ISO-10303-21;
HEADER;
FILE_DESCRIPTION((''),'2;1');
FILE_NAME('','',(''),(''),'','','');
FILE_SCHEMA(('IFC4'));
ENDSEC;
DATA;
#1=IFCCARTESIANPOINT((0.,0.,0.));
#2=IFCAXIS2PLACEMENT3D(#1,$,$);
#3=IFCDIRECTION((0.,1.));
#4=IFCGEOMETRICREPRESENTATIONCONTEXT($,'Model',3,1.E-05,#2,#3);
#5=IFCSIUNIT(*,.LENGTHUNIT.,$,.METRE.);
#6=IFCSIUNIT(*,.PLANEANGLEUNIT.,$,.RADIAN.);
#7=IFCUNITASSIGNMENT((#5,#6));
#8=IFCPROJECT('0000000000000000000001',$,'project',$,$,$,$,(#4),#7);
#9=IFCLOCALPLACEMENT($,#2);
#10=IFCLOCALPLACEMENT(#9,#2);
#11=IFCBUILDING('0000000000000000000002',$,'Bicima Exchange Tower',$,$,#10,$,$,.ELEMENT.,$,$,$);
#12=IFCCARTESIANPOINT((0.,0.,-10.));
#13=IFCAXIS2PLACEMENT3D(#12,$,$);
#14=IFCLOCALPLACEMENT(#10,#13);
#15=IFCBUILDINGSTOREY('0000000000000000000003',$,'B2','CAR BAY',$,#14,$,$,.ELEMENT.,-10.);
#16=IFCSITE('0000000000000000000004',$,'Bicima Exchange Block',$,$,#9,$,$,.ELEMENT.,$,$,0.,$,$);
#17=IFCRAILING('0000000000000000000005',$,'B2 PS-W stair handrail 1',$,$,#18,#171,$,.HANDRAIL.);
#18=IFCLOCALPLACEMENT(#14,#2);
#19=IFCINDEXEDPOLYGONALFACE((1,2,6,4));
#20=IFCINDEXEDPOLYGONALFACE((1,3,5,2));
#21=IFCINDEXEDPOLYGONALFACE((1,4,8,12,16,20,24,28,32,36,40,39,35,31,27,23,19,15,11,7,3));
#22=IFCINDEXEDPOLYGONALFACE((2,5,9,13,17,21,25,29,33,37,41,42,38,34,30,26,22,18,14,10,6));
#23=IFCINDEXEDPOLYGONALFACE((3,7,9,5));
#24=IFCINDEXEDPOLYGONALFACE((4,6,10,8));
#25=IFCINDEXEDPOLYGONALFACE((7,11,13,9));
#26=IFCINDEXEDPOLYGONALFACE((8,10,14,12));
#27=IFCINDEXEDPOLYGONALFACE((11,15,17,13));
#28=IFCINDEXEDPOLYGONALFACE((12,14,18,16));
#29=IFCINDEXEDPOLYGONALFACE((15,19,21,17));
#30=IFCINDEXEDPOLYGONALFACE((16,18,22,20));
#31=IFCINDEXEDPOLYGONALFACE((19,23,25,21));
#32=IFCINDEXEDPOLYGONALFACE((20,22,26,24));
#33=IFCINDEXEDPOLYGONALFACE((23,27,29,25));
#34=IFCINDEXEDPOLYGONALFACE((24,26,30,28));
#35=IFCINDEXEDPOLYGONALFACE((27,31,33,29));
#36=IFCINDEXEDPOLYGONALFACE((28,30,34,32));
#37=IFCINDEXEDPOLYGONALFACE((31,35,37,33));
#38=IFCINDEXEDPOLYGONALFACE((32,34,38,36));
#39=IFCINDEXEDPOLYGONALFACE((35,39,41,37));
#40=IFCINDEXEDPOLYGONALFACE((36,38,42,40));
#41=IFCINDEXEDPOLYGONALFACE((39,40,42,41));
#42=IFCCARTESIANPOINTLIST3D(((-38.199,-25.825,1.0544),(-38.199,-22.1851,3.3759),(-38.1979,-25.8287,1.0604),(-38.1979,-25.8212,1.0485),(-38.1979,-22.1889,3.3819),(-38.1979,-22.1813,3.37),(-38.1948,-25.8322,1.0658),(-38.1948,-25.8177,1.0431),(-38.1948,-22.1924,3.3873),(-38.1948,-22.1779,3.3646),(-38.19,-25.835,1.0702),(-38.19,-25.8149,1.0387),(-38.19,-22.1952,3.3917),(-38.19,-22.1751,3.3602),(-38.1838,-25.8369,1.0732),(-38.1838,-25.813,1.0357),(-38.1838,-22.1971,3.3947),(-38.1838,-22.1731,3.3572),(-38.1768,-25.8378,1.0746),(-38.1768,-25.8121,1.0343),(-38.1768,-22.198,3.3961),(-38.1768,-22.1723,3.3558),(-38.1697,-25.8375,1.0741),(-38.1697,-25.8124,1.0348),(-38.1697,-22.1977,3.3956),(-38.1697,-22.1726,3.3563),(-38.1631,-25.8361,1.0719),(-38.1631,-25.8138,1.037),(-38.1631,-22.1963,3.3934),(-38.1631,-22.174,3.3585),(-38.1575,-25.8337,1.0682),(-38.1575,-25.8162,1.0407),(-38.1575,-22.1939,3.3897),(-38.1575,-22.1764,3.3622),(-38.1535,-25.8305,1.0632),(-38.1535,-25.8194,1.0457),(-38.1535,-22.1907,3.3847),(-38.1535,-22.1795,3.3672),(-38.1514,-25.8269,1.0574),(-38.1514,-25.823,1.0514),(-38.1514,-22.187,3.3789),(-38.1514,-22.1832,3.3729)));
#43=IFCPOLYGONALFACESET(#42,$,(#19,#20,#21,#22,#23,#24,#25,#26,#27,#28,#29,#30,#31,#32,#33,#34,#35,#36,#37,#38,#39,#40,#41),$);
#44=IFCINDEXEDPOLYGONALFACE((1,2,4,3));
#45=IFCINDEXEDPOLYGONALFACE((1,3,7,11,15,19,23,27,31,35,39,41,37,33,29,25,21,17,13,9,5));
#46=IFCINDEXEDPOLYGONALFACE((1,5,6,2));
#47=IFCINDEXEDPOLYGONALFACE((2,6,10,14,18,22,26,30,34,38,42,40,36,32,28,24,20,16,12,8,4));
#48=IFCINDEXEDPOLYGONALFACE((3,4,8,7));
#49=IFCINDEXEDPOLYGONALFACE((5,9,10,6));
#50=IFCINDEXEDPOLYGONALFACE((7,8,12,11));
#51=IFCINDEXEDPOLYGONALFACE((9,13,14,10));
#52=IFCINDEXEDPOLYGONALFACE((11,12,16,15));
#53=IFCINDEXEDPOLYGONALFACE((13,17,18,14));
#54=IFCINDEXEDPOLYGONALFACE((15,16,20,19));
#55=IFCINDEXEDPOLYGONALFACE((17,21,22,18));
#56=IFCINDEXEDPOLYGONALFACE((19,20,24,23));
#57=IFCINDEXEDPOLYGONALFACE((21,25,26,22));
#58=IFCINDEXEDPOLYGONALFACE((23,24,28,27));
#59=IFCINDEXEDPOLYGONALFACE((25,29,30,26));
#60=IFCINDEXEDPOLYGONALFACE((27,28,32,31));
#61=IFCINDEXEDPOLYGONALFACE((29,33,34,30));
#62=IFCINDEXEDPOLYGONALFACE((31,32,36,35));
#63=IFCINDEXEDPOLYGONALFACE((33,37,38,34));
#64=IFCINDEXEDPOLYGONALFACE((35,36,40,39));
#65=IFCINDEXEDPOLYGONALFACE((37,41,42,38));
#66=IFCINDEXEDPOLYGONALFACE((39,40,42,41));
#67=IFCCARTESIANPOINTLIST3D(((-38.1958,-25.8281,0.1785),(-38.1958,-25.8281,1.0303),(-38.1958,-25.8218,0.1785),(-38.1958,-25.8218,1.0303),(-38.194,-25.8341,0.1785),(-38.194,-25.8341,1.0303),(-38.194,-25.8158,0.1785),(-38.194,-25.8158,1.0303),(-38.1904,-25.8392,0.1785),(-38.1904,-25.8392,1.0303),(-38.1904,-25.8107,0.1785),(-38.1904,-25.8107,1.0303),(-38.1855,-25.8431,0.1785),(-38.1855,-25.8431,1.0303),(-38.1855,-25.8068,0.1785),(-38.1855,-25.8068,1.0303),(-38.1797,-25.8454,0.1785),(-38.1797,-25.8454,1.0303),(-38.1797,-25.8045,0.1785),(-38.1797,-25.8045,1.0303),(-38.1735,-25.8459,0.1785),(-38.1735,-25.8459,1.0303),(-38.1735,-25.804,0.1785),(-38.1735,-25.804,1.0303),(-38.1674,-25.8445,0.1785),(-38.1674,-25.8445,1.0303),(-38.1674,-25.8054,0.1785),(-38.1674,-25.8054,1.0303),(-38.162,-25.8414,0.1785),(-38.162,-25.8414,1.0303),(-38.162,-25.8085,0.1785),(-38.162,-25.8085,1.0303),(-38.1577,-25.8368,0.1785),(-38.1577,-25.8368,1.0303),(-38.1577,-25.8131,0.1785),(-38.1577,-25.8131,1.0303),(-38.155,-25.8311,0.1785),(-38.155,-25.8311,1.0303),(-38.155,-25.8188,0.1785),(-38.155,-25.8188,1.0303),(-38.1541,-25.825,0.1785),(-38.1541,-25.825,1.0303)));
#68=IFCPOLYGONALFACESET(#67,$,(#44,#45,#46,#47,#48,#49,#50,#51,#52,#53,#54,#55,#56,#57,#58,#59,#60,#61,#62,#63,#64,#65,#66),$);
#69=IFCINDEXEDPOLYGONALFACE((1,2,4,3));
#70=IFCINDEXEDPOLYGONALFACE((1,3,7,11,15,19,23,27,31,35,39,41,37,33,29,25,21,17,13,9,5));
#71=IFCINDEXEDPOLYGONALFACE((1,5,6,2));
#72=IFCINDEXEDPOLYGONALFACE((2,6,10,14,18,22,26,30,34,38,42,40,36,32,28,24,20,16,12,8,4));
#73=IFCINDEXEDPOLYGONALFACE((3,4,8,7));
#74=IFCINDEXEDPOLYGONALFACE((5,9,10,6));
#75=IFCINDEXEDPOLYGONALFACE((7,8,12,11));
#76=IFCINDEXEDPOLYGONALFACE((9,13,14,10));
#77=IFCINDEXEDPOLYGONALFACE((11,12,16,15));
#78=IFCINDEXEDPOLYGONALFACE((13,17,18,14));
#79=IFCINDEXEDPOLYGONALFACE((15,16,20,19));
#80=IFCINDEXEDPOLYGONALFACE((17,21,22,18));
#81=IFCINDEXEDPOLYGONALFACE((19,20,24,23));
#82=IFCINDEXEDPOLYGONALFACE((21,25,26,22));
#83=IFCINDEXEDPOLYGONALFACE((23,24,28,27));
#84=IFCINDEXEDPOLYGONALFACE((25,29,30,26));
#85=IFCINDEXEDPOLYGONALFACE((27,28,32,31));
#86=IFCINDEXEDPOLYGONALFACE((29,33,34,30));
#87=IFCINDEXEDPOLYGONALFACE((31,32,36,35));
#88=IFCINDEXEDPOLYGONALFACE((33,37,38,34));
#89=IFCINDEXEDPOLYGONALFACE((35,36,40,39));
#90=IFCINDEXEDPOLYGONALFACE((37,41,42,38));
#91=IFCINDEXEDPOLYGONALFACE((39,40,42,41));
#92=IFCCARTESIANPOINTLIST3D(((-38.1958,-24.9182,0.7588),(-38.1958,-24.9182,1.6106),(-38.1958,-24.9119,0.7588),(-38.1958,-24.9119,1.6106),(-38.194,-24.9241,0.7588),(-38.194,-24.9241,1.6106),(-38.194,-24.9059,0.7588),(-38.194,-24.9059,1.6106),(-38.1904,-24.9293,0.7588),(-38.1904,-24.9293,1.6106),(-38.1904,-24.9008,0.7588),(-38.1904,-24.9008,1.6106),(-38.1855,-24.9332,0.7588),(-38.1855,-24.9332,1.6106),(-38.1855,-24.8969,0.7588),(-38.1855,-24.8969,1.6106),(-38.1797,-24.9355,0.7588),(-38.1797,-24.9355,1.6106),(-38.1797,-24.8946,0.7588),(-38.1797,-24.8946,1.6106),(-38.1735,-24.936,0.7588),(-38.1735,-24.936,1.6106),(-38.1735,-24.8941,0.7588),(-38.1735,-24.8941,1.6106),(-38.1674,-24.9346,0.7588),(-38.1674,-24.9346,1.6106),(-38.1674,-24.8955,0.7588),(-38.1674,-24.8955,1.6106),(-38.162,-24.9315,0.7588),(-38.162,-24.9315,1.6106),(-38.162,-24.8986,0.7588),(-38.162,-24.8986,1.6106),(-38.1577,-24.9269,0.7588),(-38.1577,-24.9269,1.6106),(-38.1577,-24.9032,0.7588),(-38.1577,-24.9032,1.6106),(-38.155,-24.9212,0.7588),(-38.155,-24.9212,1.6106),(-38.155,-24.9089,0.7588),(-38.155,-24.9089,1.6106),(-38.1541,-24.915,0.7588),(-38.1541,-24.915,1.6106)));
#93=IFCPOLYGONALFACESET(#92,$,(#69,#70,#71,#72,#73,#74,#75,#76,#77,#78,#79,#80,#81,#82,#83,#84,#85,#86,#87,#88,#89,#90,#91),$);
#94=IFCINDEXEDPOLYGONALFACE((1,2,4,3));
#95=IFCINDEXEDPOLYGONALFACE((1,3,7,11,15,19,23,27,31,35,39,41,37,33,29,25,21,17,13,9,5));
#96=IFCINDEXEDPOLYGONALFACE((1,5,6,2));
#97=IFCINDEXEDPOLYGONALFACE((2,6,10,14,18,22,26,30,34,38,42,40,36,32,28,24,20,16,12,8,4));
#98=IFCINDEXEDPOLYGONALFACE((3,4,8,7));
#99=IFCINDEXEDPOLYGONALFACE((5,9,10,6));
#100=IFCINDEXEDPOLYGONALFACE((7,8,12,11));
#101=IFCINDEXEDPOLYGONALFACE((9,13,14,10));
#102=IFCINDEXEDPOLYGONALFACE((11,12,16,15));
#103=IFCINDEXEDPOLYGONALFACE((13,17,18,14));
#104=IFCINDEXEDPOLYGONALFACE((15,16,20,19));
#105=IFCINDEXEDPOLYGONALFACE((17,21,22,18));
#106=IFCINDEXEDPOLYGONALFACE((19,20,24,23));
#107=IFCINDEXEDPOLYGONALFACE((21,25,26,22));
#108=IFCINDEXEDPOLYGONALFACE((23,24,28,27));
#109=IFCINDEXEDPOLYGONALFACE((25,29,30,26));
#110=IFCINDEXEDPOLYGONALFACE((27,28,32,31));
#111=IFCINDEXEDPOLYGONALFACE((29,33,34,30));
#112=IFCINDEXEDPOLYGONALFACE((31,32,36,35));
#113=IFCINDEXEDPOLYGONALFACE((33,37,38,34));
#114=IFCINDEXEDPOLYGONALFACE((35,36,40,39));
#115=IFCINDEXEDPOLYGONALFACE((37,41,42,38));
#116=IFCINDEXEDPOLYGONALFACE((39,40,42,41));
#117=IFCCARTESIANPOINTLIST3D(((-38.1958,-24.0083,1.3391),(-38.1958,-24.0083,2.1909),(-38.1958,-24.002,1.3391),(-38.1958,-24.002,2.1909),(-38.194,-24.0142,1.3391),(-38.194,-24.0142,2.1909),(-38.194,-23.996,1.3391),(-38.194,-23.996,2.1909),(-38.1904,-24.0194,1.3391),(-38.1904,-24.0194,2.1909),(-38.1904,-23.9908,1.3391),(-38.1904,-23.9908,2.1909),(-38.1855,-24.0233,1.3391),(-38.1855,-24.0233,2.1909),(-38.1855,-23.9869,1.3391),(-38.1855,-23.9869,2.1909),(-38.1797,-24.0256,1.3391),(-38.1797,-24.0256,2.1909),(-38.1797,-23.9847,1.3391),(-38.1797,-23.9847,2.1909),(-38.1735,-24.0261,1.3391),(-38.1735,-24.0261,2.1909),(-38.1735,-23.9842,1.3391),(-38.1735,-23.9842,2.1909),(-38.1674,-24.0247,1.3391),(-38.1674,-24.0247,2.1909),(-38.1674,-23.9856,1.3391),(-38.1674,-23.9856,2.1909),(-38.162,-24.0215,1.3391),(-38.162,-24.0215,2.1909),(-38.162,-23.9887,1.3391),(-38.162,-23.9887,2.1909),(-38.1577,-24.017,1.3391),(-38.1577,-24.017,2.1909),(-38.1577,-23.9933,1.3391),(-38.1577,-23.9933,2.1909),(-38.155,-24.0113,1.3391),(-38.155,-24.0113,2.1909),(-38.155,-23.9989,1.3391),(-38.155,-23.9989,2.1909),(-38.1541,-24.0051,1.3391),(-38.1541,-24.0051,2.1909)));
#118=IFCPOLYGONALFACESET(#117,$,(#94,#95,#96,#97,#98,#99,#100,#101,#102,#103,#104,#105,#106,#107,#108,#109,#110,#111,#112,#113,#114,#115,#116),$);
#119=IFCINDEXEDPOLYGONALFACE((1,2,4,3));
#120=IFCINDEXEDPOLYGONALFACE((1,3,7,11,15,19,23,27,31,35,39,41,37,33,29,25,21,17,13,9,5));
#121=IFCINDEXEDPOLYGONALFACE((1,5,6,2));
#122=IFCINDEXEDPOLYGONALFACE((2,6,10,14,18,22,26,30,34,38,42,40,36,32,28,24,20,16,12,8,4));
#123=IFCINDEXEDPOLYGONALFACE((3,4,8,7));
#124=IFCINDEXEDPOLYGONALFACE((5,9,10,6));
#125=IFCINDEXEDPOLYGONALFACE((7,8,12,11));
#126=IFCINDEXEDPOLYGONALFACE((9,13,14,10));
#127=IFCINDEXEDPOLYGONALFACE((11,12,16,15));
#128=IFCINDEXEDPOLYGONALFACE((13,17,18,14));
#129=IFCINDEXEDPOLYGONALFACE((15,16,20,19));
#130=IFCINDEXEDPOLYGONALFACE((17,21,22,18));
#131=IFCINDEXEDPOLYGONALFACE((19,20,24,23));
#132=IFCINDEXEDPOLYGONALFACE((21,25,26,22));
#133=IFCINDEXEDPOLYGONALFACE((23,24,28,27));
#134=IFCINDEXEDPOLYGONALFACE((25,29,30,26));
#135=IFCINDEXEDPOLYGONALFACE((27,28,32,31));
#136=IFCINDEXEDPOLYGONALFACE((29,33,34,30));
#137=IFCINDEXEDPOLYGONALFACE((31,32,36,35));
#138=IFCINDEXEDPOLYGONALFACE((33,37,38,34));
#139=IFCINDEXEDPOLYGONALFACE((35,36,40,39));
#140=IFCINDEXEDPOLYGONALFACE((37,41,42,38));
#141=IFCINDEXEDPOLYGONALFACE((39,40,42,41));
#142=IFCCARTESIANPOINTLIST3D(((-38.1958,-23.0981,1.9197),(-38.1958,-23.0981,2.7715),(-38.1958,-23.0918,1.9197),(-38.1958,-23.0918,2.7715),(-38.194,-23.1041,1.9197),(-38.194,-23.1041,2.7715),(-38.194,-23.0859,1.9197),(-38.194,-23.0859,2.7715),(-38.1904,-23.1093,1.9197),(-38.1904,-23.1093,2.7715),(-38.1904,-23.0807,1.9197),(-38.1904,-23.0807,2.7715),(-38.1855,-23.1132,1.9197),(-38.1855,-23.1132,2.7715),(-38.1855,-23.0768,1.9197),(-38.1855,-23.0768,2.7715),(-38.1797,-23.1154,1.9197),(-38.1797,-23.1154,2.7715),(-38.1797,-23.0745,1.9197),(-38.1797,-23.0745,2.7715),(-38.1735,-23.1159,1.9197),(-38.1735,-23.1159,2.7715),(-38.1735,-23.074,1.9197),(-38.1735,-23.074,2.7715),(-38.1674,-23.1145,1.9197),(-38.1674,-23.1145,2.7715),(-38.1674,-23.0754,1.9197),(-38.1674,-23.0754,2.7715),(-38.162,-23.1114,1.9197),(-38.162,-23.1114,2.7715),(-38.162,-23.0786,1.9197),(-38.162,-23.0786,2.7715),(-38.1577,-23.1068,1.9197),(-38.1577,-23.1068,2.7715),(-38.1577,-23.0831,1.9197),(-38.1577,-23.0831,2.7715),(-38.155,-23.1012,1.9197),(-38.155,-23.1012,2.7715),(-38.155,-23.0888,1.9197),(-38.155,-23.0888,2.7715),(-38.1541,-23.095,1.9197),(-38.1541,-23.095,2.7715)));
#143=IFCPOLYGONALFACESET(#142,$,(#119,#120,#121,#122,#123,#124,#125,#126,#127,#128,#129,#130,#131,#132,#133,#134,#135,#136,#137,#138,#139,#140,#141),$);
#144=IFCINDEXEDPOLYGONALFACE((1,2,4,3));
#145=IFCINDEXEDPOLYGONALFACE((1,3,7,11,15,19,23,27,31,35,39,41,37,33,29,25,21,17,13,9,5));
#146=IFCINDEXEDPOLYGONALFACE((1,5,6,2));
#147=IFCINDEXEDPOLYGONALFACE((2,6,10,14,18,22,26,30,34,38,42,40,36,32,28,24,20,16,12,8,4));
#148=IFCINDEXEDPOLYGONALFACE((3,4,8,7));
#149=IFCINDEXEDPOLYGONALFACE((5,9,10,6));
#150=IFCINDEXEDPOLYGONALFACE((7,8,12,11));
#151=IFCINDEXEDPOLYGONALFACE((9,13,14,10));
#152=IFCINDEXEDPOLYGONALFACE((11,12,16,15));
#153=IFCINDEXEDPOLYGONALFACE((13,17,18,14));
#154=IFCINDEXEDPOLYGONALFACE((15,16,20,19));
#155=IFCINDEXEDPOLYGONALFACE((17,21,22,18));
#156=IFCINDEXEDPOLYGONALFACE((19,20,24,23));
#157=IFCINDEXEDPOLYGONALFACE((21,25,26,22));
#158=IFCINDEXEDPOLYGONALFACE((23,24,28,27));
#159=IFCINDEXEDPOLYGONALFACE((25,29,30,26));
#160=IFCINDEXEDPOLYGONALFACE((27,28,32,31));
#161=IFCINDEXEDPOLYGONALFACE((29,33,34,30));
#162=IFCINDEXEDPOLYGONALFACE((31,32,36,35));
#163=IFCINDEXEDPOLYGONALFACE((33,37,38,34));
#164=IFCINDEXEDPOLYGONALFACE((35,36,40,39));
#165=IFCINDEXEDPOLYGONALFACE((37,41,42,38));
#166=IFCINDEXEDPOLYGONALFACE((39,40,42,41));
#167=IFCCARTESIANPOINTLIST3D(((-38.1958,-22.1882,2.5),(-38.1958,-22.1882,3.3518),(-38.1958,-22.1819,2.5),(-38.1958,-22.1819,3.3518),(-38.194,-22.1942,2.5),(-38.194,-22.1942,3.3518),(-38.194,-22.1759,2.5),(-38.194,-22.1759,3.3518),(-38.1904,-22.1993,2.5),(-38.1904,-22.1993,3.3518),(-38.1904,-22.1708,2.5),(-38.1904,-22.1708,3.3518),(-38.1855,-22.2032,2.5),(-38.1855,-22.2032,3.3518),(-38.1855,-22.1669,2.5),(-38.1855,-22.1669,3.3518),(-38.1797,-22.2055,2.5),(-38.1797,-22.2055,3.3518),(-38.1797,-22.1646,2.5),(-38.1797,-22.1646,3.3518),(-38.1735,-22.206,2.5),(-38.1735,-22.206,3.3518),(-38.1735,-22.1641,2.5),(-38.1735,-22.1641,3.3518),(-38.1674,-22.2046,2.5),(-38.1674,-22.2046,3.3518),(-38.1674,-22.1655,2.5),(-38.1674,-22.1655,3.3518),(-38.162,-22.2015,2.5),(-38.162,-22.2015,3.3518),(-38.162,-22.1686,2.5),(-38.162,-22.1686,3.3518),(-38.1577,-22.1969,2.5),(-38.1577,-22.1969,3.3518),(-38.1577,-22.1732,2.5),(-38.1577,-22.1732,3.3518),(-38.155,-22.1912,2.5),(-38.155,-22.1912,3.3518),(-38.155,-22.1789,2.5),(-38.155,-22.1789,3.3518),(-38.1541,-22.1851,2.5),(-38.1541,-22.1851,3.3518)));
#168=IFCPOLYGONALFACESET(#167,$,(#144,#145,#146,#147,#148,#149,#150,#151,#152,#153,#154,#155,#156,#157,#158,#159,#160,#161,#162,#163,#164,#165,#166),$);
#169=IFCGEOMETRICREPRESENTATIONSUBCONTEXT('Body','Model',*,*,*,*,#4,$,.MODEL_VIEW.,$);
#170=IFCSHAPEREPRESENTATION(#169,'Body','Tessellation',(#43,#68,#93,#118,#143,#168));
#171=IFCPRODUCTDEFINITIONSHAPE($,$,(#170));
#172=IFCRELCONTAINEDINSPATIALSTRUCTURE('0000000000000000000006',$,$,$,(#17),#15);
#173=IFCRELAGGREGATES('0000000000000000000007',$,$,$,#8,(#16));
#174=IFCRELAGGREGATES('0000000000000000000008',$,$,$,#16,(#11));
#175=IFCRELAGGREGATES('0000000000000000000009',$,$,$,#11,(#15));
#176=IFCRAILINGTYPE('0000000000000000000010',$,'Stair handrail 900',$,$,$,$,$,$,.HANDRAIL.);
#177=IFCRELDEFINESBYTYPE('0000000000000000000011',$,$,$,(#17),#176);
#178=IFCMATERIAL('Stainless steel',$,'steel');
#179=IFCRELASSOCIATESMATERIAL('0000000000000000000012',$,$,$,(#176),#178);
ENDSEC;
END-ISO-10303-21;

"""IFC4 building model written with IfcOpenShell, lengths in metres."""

from ifc_helpers import new_model, si_unit, direction, frame, origin, origin_2d, place, context, subcontext, project, spatial, circle, extrude, material, type_object, element, save


model = new_model("IFC4")

# Units and contexts
model_context = context("Model", 3, precision=1e-05, world=origin(), true_north=direction((0.0, 1.0)))
body_context = subcontext(model_context, "Body", "Model", "MODEL_VIEW")
ifc_project = project(units=[si_unit("LENGTHUNIT", "METRE"), si_unit("PLANEANGLEUNIT", "RADIAN")], contexts=[model_context])

# Site, building, storey
site_placement = place(None, origin())
site = spatial("IfcSite", under=ifc_project, at=site_placement, Name="Bicima Exchange Block", CompositionType="ELEMENT", RefElevation=0.0)
building_placement = place(site_placement, origin())
building = spatial("IfcBuilding", under=site, at=building_placement, Name="Bicima Exchange Tower", CompositionType="ELEMENT")
storey_placement = place(building_placement, frame((0.0, 0.0, -10.0)))
storey = spatial("IfcBuildingStorey", under=building, at=storey_placement, Name="B2", Description="CAR BAY", CompositionType="ELEMENT", Elevation=-10.0)

# Railing
ifc_material_1 = material(Name="Stainless steel", Category="steel")
railing_type_1 = type_object("IfcRailingType", Name="Stair handrail 900", PredefinedType="HANDRAIL", material=ifc_material_1)
railing_1_placement = place(storey_placement, frame((-38.175, -25.825, 0.1785)))
element("IfcRailing", 1, at=railing_1_placement, inside=storey, type_object=railing_type_1, Name="B2 PS-W stair handrail 1", PredefinedType="HANDRAIL", context=body_context, shape_type="SweptSolid", body=[
    extrude(circle(Radius=0.0239, at=origin_2d()), frame((0.0, 0.0, 0.876), z_axis=(0.0, 0.843112, 0.537739), x_axis=(-1.0, 0.0, 0.0)), (0.0, 0.0, 1.0), 4.3171),
    extrude(circle(Radius=0.021, at=origin_2d()), origin(), (0.0, 0.0, 1.0), 0.8518),
    extrude(circle(Radius=0.021, at=origin_2d()), frame((0.0, 0.9099, 0.5803)), (0.0, 0.0, 1.0), 0.8518),
    extrude(circle(Radius=0.021, at=origin_2d()), frame((0.0, 1.8198, 1.1606)), (0.0, 0.0, 1.0), 0.8518),
    extrude(circle(Radius=0.021, at=origin_2d()), frame((0.0, 2.73, 1.7412)), (0.0, 0.0, 1.0), 0.8518),
    extrude(circle(Radius=0.021, at=origin_2d()), frame((0.0, 3.6399, 2.3215)), (0.0, 0.0, 1.0), 0.8518),
])

save(model, "model.ifc")
